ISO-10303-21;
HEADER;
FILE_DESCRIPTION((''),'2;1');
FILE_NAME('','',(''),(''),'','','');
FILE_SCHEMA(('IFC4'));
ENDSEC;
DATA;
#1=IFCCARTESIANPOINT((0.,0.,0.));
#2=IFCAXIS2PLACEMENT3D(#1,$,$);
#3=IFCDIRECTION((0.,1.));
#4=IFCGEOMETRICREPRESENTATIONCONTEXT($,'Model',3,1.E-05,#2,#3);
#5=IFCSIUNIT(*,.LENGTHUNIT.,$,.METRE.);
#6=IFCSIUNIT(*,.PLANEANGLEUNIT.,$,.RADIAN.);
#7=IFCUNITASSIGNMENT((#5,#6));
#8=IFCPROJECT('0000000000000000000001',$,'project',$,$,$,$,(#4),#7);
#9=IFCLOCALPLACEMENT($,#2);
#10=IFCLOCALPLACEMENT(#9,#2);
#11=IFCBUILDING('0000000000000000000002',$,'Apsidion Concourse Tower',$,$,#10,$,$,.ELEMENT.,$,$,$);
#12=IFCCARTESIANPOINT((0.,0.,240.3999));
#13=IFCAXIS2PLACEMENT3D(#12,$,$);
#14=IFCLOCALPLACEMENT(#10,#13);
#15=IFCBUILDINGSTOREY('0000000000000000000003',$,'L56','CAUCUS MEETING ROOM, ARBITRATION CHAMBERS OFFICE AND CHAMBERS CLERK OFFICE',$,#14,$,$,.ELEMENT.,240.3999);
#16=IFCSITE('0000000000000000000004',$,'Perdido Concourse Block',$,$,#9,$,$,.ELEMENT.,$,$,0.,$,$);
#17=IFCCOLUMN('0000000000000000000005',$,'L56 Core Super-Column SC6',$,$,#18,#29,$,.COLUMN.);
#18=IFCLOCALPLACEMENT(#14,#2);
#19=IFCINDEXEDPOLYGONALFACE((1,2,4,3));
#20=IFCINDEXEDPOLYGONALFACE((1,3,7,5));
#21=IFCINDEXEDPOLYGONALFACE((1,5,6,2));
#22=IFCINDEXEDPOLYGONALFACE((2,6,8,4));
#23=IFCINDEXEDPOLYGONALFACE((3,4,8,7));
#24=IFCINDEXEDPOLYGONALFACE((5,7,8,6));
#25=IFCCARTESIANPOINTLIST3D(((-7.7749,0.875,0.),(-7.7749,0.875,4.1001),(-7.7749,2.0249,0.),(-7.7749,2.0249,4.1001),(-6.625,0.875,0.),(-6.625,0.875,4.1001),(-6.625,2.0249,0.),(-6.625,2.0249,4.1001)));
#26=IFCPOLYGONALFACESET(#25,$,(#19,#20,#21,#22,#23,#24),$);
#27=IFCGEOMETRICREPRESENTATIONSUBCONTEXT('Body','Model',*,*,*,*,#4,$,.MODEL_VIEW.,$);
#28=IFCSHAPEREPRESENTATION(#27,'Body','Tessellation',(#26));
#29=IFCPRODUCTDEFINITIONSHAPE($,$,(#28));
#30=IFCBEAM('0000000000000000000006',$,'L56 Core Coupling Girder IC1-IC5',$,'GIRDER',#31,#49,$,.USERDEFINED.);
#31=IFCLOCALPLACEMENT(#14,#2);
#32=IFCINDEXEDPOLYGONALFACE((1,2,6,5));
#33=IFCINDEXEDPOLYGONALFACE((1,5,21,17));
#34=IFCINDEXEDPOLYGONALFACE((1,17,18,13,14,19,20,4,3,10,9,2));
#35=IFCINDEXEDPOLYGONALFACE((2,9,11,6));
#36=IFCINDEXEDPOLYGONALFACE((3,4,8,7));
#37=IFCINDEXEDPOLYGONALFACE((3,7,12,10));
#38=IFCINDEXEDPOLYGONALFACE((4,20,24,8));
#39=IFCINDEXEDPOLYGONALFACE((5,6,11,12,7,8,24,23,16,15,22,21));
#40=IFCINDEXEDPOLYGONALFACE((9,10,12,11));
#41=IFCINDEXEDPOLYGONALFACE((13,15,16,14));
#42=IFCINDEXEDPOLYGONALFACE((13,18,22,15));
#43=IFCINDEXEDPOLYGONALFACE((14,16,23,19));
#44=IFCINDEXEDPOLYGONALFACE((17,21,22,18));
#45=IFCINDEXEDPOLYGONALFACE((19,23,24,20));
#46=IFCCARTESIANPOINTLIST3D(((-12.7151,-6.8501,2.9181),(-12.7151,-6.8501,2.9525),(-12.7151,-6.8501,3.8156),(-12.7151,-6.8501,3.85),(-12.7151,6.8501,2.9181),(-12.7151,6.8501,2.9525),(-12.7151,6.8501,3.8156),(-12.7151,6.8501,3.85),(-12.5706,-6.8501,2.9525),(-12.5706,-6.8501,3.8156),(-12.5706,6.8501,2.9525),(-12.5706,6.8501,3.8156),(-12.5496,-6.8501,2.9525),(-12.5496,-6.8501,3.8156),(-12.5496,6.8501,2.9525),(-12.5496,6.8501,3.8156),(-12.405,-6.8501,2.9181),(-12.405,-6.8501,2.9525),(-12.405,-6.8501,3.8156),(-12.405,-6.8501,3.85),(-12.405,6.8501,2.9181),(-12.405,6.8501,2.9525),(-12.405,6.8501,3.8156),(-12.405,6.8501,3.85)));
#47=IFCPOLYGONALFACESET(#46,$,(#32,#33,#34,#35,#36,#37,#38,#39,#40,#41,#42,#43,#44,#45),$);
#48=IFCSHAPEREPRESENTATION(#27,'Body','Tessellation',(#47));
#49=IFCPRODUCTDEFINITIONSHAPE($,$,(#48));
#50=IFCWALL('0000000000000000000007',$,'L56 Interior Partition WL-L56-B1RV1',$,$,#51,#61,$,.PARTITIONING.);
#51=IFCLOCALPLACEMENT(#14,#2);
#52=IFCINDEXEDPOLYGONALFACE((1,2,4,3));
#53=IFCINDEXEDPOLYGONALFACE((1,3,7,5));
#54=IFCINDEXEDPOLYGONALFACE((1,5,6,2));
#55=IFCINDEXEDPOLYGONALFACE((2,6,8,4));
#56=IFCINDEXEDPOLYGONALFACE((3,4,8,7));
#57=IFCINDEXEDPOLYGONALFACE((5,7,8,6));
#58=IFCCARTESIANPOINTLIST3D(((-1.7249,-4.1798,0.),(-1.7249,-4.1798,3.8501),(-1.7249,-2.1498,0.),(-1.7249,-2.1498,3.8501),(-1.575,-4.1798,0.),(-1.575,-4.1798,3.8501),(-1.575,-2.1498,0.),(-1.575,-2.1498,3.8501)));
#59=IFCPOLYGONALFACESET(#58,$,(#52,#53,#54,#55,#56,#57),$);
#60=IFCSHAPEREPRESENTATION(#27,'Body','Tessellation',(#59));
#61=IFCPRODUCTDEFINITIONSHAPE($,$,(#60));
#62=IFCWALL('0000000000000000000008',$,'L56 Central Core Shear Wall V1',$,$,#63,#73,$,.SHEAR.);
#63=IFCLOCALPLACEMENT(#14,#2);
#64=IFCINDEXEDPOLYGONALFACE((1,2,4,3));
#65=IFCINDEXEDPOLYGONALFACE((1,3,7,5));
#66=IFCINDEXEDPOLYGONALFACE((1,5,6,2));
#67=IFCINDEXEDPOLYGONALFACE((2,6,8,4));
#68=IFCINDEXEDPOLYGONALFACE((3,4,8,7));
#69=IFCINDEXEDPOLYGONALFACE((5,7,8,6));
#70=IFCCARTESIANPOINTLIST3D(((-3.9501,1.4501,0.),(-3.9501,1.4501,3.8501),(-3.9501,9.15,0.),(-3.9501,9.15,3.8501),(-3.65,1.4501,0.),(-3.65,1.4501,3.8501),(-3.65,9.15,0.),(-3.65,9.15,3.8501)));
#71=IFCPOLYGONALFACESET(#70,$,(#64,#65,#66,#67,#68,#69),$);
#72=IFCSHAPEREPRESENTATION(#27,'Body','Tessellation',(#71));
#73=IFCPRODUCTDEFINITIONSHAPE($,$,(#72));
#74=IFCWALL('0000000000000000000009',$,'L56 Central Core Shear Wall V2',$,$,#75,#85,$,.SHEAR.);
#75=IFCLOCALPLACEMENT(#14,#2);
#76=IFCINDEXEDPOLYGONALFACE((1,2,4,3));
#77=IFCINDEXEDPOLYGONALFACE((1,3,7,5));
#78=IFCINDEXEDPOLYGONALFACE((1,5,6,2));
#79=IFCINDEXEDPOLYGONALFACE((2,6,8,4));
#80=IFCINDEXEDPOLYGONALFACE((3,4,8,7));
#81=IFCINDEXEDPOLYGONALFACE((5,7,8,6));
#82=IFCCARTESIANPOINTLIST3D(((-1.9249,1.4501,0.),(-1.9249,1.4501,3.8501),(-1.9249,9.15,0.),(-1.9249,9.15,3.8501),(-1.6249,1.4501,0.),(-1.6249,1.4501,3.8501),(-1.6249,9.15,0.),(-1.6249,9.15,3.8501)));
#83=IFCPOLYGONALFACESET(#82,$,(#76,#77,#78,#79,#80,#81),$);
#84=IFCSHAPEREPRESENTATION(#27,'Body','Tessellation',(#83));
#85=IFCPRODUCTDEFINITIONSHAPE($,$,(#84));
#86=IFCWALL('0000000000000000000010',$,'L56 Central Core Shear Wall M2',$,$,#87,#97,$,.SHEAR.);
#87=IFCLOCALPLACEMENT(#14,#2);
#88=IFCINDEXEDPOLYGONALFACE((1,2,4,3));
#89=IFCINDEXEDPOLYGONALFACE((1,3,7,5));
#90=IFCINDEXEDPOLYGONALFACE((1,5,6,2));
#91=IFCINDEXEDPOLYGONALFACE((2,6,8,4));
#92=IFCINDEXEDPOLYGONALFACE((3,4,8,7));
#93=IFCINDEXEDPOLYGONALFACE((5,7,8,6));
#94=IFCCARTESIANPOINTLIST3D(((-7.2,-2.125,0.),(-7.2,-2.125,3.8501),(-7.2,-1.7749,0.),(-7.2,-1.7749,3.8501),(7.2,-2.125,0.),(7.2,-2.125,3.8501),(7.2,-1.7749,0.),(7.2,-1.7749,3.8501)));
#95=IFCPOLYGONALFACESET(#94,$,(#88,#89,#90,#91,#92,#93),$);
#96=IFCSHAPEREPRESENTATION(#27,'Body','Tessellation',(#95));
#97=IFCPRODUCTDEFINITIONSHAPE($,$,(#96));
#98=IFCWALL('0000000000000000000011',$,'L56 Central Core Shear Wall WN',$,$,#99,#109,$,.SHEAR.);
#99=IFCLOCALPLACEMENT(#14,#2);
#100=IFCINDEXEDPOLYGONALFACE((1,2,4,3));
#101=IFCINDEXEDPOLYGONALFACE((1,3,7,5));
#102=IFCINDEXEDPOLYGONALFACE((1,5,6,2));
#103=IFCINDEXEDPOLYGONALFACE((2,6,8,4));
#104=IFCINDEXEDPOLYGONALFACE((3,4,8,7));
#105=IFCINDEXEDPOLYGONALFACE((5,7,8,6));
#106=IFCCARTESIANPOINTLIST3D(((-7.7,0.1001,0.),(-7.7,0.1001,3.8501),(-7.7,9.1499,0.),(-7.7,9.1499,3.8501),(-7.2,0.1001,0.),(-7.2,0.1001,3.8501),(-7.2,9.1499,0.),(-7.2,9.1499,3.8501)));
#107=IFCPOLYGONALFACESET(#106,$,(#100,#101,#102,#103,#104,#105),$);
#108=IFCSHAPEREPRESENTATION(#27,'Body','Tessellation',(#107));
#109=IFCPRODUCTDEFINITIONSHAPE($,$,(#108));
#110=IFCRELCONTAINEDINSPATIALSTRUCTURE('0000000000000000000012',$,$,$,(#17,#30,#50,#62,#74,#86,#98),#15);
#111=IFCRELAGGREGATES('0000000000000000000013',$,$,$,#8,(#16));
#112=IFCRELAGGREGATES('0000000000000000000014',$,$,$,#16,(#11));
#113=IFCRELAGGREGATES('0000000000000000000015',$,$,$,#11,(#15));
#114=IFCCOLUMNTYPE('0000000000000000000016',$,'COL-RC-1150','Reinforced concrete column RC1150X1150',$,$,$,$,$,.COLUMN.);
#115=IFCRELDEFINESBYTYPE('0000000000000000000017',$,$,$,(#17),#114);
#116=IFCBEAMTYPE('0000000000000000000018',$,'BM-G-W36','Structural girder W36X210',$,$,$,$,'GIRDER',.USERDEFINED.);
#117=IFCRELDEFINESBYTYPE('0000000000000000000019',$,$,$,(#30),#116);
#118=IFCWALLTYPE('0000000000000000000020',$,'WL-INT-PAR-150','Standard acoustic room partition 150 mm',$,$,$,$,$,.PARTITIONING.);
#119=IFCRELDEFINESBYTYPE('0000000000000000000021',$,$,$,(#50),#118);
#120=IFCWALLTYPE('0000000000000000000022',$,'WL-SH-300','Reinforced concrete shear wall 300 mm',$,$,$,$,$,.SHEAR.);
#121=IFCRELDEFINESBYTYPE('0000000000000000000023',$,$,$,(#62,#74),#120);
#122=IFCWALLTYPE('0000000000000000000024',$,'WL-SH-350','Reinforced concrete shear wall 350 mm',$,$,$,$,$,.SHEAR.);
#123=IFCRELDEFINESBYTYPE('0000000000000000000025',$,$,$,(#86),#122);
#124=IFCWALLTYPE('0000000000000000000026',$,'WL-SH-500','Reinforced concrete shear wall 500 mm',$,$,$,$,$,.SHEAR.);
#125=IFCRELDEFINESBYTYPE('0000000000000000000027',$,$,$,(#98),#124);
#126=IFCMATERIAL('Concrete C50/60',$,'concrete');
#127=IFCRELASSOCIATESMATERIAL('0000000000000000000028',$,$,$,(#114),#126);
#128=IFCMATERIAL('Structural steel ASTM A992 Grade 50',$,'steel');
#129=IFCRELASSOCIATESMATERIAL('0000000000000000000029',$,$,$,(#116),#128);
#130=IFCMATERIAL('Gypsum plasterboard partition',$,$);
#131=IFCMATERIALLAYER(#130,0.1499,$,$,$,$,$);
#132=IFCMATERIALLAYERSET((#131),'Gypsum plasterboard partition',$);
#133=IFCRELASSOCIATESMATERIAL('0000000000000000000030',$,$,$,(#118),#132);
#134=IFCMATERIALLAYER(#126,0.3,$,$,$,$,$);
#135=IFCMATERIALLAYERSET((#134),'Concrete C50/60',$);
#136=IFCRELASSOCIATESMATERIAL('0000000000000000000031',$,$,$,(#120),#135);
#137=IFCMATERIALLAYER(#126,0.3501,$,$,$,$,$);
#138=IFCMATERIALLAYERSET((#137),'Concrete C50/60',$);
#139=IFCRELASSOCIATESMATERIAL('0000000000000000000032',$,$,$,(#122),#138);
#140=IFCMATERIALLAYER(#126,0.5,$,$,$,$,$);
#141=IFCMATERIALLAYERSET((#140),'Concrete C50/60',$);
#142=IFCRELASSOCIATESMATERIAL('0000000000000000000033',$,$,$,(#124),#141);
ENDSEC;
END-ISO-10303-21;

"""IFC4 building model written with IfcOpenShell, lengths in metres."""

from ifc_helpers import new_model, si_unit, direction, frame, frame_2d, origin, origin_2d, place, context, subcontext, project, spatial, rectangle, i_section, extrude, material, layer, layer_set, material_profile, profile_set, type_object, element, save


model = new_model("IFC4")

# Units and contexts
model_context = context("Model", 3, precision=1e-05, world=origin(), true_north=direction((0.0, 1.0)))
body_context = subcontext(model_context, "Body", "Model", "MODEL_VIEW")
ifc_project = project(units=[si_unit("LENGTHUNIT", "METRE"), si_unit("PLANEANGLEUNIT", "RADIAN")], contexts=[model_context])

# Site, building, storey
site_placement = place(None, origin())
site = spatial("IfcSite", under=ifc_project, at=site_placement, Name="Perdido Concourse Block", CompositionType="ELEMENT", RefElevation=0.0)
building_placement = place(site_placement, origin())
building = spatial("IfcBuilding", under=site, at=building_placement, Name="Apsidion Concourse Tower", CompositionType="ELEMENT")
storey_placement = place(building_placement, frame((0.0, 0.0, 240.3999)))
storey = spatial("IfcBuildingStorey", under=building, at=storey_placement, Name="L56", Description="CAUCUS MEETING ROOM, ARBITRATION CHAMBERS OFFICE AND CHAMBERS CLERK OFFICE", CompositionType="ELEMENT", Elevation=240.3999)

# Column
ifc_material_1 = material(Name="Concrete C50/60", Category="concrete")
ifc_material_profile_1 = material_profile(ifc_material_1, rectangle(XDim=1.1499, YDim=1.1499, at=origin_2d()), Name="RC 1150x1150")
ifc_profile_set_1 = profile_set([ifc_material_profile_1], Name="Concrete C50/60")
column_type = type_object("IfcColumnType", Name="COL-RC-1150", Description="Reinforced concrete column RC1150X1150", PredefinedType="COLUMN", material=ifc_profile_set_1)
column_placement = place(storey_placement, frame((-7.2, 1.45, 0.0), z_axis=(0.0, 0.0, 1.0), x_axis=(1.0, 0.0, 0.0)))
element("IfcColumn", 1, at=column_placement, inside=storey, type_object=column_type, Name="L56 Core Super-Column SC6", PredefinedType="COLUMN", context=body_context, shape_type="SweptSolid", body=[
    extrude(rectangle(XDim=1.1499, YDim=1.1499, at=origin_2d()), origin(), (0.0, 0.0, 1.0), 4.1001),
])

# Beam
ifc_material_2 = material(Name="Structural steel ASTM A992 Grade 50", Category="steel")
ifc_material_profile_2 = material_profile(ifc_material_2, i_section(OverallWidth=0.3101, OverallDepth=0.9319, WebThickness=0.021, FlangeThickness=0.0344, at=origin_2d()), Name="W36X210")
ifc_profile_set_2 = profile_set([ifc_material_profile_2], Name="Structural steel ASTM A992 Grade 50")
beam_type = type_object("IfcBeamType", Name="BM-G-W36", Description="Structural girder W36X210", ElementType="GIRDER", PredefinedType="USERDEFINED", material=ifc_profile_set_2)
beam_placement = place(storey_placement, frame((-12.5601, -6.8501, 3.384), z_axis=(0.0, 1.0, 0.0), x_axis=(-1.0, 0.0, 0.0)))
element("IfcBeam", 2, at=beam_placement, inside=storey, type_object=beam_type, Name="L56 Core Coupling Girder IC1-IC5", ObjectType="GIRDER", PredefinedType="USERDEFINED", context=body_context, shape_type="SweptSolid", body=[
    extrude(i_section(OverallWidth=0.3101, OverallDepth=0.9319, WebThickness=0.021, FlangeThickness=0.0344, at=origin_2d()), origin(), (0.0, 0.0, 1.0), 13.7002),
])

# Wall
ifc_material_3 = material(Name="Gypsum plasterboard partition")
ifc_layer_1 = layer(ifc_material_3, 0.1499)
ifc_layer_set_1 = layer_set([ifc_layer_1], Name="Gypsum plasterboard partition")
wall_type_1 = type_object("IfcWallType", Name="WL-INT-PAR-150", Description="Standard acoustic room partition 150 mm", PredefinedType="PARTITIONING", material=ifc_layer_set_1)
wall_1_placement = place(storey_placement, frame((-1.6499, -4.1799, 0.0), z_axis=(0.0, 0.0, 1.0), x_axis=(0.0, 1.0, 0.0)))
element("IfcWall", 3, at=wall_1_placement, inside=storey, type_object=wall_type_1, Name="L56 Interior Partition WL-L56-B1RV1", PredefinedType="PARTITIONING", context=body_context, shape_type="SweptSolid", body=[
    extrude(rectangle(XDim=2.03, YDim=0.1499, at=frame_2d((1.0151, 0.0))), origin(), (0.0, 0.0, 1.0), 3.8501),
])

# Walls
ifc_layer_2 = layer(ifc_material_1, 0.3)
ifc_layer_set_2 = layer_set([ifc_layer_2], Name="Concrete C50/60")
wall_type_2 = type_object("IfcWallType", Name="WL-SH-300", Description="Reinforced concrete shear wall 300 mm", PredefinedType="SHEAR", material=ifc_layer_set_2)
for number, where, z_axis, x_axis, name in (
    (4, (-3.8, 1.45, 0.0), (0.0, 0.0, 1.0), (0.0, 1.0, 0.0), "L56 Central Core Shear Wall V1"),
    (5, (-1.7749, 1.45, 0.0), (0.0, 0.0, 1.0), (0.0, 1.0, 0.0), "L56 Central Core Shear Wall V2"),
):
    element("IfcWall", number, at=place(storey_placement, frame(where, z_axis=z_axis, x_axis=x_axis)), inside=storey, type_object=wall_type_2, Name=name, PredefinedType="SHEAR", context=body_context, shape_type="SweptSolid", body=[
        extrude(rectangle(XDim=7.7, YDim=0.3, at=frame_2d((3.8501, 0.0))), origin(), (0.0, 0.0, 1.0), 3.8501),
    ])

# Shared definitions
ifc_layer_3 = layer(ifc_material_1, 0.3501)
ifc_layer_set_3 = layer_set([ifc_layer_3], Name="Concrete C50/60")
wall_type_3 = type_object("IfcWallType", Name="WL-SH-350", Description="Reinforced concrete shear wall 350 mm", PredefinedType="SHEAR", material=ifc_layer_set_3)

# Wall
wall_2_placement = place(storey_placement, frame((-7.2, -1.95, 0.0), z_axis=(0.0, 0.0, 1.0), x_axis=(1.0, 0.0, 0.0)))
element("IfcWall", 6, at=wall_2_placement, inside=storey, type_object=wall_type_3, Name="L56 Central Core Shear Wall M2", PredefinedType="SHEAR", context=body_context, shape_type="SweptSolid", body=[
    extrude(rectangle(XDim=14.3999, YDim=0.3501, at=frame_2d((7.2, 0.0))), origin(), (0.0, 0.0, 1.0), 3.8501),
])

# Wall
ifc_layer_4 = layer(ifc_material_1, 0.5)
ifc_layer_set_4 = layer_set([ifc_layer_4], Name="Concrete C50/60")
wall_type_4 = type_object("IfcWallType", Name="WL-SH-500", Description="Reinforced concrete shear wall 500 mm", PredefinedType="SHEAR", material=ifc_layer_set_4)
wall_3_placement = place(storey_placement, frame((-7.45, 0.1001, 0.0), z_axis=(0.0, 0.0, 1.0), x_axis=(0.0, 1.0, 0.0)))
element("IfcWall", 7, at=wall_3_placement, inside=storey, type_object=wall_type_4, Name="L56 Central Core Shear Wall WN", PredefinedType="SHEAR", context=body_context, shape_type="SweptSolid", body=[
    extrude(rectangle(XDim=9.0498, YDim=0.5, at=frame_2d((4.5249, 0.0))), origin(), (0.0, 0.0, 1.0), 3.8501),
])

save(model, "model.ifc")
